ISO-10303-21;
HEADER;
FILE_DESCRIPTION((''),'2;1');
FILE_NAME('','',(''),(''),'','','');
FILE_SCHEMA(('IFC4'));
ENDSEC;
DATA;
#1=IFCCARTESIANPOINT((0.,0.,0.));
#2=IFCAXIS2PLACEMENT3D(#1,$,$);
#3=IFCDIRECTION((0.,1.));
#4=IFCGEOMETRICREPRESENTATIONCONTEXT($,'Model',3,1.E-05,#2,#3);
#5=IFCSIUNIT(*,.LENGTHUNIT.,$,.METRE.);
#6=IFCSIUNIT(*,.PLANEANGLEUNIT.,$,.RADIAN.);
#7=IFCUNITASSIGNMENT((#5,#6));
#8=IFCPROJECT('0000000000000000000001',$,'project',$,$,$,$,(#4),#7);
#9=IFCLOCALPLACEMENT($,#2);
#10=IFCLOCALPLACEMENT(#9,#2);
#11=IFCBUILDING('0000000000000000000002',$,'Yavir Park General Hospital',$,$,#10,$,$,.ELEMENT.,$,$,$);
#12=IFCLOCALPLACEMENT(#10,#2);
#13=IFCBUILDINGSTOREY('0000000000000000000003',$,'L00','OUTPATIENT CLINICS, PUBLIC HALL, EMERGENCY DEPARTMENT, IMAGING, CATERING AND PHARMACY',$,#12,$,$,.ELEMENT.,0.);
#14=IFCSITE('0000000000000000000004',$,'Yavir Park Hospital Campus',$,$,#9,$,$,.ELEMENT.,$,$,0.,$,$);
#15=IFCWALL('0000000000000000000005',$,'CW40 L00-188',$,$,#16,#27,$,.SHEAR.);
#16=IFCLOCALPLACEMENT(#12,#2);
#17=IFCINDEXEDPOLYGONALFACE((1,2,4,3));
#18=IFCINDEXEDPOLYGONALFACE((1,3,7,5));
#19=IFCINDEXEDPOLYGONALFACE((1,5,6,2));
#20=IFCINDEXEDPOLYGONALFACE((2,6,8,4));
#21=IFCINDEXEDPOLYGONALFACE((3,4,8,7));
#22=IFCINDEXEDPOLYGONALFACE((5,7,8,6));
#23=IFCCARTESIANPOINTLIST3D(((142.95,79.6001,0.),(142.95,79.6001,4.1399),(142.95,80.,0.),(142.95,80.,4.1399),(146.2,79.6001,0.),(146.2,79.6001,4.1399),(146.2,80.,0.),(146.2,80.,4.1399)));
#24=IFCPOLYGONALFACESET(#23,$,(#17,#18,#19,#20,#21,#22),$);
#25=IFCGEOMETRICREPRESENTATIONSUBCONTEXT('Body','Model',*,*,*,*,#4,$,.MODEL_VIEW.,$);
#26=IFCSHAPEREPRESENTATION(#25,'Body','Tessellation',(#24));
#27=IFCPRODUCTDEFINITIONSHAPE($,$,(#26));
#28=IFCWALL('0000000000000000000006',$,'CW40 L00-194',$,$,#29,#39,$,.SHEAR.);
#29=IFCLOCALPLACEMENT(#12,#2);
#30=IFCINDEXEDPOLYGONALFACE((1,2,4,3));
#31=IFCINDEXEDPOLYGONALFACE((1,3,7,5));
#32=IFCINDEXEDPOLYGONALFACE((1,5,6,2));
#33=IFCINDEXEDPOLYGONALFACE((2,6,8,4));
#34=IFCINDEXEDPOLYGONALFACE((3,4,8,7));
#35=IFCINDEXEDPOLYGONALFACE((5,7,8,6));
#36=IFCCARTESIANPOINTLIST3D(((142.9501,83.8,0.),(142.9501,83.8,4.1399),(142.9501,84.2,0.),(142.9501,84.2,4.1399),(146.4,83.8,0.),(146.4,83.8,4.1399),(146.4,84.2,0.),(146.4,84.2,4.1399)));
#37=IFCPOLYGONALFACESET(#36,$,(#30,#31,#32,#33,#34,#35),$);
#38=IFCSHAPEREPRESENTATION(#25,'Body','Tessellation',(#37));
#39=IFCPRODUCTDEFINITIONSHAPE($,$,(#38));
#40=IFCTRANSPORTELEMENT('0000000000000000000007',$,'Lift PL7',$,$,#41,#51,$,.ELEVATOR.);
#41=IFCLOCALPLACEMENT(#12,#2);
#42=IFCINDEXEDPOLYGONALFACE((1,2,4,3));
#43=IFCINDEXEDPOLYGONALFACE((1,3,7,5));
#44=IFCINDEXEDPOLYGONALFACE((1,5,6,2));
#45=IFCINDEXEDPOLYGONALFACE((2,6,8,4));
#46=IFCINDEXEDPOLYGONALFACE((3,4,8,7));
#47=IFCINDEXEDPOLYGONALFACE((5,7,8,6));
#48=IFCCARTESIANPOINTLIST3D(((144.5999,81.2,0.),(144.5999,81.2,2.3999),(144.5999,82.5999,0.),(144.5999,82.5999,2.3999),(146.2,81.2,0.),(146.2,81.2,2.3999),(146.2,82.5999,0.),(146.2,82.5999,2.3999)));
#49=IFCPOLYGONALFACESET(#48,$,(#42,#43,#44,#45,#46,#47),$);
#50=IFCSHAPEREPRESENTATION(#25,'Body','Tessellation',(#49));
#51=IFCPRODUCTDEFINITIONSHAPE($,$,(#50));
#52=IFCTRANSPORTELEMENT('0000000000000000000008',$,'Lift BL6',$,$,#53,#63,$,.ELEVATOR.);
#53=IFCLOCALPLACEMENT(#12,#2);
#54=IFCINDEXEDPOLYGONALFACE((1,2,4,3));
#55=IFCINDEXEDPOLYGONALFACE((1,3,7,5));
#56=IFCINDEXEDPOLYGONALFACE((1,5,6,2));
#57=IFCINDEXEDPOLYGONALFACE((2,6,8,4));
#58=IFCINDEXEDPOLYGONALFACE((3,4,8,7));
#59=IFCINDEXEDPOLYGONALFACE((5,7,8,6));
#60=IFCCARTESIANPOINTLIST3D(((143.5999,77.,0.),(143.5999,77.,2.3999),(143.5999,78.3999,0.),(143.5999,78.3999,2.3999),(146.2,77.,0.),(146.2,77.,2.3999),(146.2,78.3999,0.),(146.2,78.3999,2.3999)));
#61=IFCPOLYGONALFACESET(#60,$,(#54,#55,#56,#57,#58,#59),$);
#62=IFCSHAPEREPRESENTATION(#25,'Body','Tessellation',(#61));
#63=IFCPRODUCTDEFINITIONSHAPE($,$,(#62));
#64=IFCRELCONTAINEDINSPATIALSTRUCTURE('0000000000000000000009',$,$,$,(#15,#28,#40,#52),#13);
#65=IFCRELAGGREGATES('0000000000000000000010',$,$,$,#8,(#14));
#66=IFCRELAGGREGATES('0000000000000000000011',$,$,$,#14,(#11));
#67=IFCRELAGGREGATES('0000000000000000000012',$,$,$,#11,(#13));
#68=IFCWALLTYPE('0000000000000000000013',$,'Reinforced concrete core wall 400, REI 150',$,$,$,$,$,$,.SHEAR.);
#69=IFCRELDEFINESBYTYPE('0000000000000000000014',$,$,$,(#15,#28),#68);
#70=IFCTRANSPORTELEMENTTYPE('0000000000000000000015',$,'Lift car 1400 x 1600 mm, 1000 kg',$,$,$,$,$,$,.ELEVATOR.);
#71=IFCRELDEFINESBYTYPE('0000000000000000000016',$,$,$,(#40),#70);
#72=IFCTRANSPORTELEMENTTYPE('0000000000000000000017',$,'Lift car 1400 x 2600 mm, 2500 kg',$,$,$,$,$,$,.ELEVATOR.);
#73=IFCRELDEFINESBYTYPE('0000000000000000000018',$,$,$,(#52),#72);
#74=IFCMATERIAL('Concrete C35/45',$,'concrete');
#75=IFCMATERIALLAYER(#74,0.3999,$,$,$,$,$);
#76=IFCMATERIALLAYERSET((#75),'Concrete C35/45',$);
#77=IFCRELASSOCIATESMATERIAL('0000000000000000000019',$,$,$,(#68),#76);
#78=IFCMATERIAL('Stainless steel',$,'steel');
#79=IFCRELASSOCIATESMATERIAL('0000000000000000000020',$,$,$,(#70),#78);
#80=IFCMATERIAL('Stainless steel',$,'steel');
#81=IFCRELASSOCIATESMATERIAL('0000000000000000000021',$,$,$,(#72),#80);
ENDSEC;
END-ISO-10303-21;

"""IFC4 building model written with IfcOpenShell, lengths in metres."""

from ifc_helpers import new_model, si_unit, direction, frame, frame_2d, origin, origin_2d, place, context, subcontext, project, spatial, rectangle, extrude, material, layer, layer_set, type_object, element, save


model = new_model("IFC4")

# Units and contexts
model_context = context("Model", 3, precision=1e-05, world=origin(), true_north=direction((0.0, 1.0)))
body_context = subcontext(model_context, "Body", "Model", "MODEL_VIEW")
ifc_project = project(units=[si_unit("LENGTHUNIT", "METRE"), si_unit("PLANEANGLEUNIT", "RADIAN")], contexts=[model_context])

# Site, building, storey
site_placement = place(None, origin())
site = spatial("IfcSite", under=ifc_project, at=site_placement, Name="Yavir Park Hospital Campus", CompositionType="ELEMENT", RefElevation=0.0)
building_placement = place(site_placement, origin())
building = spatial("IfcBuilding", under=site, at=building_placement, Name="Yavir Park General Hospital", CompositionType="ELEMENT")
storey_placement = place(building_placement, origin())
storey = spatial("IfcBuildingStorey", under=building, at=storey_placement, Name="L00", Description="OUTPATIENT CLINICS, PUBLIC HALL, EMERGENCY DEPARTMENT, IMAGING, CATERING AND PHARMACY", CompositionType="ELEMENT", Elevation=0.0)

# Walls
ifc_material_1 = material(Name="Concrete C35/45", Category="concrete")
ifc_layer_1 = layer(ifc_material_1, 0.3999)
ifc_layer_set_1 = layer_set([ifc_layer_1], Name="Concrete C35/45")
wall_type_1 = type_object("IfcWallType", Name="Reinforced concrete core wall 400, REI 150", PredefinedType="SHEAR", material=ifc_layer_set_1)
wall_1_placement = place(storey_placement, frame((142.95, 79.8, 0.0), z_axis=(0.0, 0.0, 1.0), x_axis=(1.0, 0.0, 0.0)))
element("IfcWall", 1, at=wall_1_placement, inside=storey, type_object=wall_type_1, Name="CW40 L00-188", PredefinedType="SHEAR", context=body_context, shape_type="SweptSolid", body=[
    extrude(rectangle(XDim=3.25, YDim=0.3999, at=frame_2d((1.625, 0.0))), origin(), (0.0, 0.0, 1.0), 4.1399),
])
wall_2_placement = place(storey_placement, frame((142.95, 84.0, 0.0), z_axis=(0.0, 0.0, 1.0), x_axis=(1.0, 0.0, 0.0)))
element("IfcWall", 2, at=wall_2_placement, inside=storey, type_object=wall_type_1, Name="CW40 L00-194", PredefinedType="SHEAR", context=body_context, shape_type="SweptSolid", body=[
    extrude(rectangle(XDim=3.45, YDim=0.3999, at=frame_2d((1.7251, 0.0))), origin(), (0.0, 0.0, 1.0), 4.1399),
])

# Transport elements
ifc_material_2 = material(Name="Stainless steel", Category="steel")
transport_element_type_1 = type_object("IfcTransportElementType", Name="Lift car 1400 x 1600 mm, 1000 kg", PredefinedType="ELEVATOR", material=ifc_material_2)
transport_element_1_placement = place(storey_placement, frame((145.3999, 81.8999, 0.0), z_axis=(0.0, 0.0, 1.0), x_axis=(1.0, 0.0, 0.0)))
element("IfcTransportElement", 3, at=transport_element_1_placement, inside=storey, type_object=transport_element_type_1, Name="Lift PL7", PredefinedType="ELEVATOR", context=body_context, shape_type="SweptSolid", body=[
    extrude(rectangle(XDim=1.6001, YDim=1.3999, at=origin_2d()), origin(), (0.0, 0.0, 1.0), 2.3999),
])
ifc_material_3 = material(Name="Stainless steel", Category="steel")
transport_element_type_2 = type_object("IfcTransportElementType", Name="Lift car 1400 x 2600 mm, 2500 kg", PredefinedType="ELEVATOR", material=ifc_material_3)
transport_element_2_placement = place(storey_placement, frame((144.8999, 77.7, 0.0), z_axis=(0.0, 0.0, 1.0), x_axis=(1.0, 0.0, 0.0)))
element("IfcTransportElement", 4, at=transport_element_2_placement, inside=storey, type_object=transport_element_type_2, Name="Lift BL6", PredefinedType="ELEVATOR", context=body_context, shape_type="SweptSolid", body=[
    extrude(rectangle(XDim=2.6001, YDim=1.3999, at=origin_2d()), origin(), (0.0, 0.0, 1.0), 2.3999),
])

save(model, "model.ifc")
